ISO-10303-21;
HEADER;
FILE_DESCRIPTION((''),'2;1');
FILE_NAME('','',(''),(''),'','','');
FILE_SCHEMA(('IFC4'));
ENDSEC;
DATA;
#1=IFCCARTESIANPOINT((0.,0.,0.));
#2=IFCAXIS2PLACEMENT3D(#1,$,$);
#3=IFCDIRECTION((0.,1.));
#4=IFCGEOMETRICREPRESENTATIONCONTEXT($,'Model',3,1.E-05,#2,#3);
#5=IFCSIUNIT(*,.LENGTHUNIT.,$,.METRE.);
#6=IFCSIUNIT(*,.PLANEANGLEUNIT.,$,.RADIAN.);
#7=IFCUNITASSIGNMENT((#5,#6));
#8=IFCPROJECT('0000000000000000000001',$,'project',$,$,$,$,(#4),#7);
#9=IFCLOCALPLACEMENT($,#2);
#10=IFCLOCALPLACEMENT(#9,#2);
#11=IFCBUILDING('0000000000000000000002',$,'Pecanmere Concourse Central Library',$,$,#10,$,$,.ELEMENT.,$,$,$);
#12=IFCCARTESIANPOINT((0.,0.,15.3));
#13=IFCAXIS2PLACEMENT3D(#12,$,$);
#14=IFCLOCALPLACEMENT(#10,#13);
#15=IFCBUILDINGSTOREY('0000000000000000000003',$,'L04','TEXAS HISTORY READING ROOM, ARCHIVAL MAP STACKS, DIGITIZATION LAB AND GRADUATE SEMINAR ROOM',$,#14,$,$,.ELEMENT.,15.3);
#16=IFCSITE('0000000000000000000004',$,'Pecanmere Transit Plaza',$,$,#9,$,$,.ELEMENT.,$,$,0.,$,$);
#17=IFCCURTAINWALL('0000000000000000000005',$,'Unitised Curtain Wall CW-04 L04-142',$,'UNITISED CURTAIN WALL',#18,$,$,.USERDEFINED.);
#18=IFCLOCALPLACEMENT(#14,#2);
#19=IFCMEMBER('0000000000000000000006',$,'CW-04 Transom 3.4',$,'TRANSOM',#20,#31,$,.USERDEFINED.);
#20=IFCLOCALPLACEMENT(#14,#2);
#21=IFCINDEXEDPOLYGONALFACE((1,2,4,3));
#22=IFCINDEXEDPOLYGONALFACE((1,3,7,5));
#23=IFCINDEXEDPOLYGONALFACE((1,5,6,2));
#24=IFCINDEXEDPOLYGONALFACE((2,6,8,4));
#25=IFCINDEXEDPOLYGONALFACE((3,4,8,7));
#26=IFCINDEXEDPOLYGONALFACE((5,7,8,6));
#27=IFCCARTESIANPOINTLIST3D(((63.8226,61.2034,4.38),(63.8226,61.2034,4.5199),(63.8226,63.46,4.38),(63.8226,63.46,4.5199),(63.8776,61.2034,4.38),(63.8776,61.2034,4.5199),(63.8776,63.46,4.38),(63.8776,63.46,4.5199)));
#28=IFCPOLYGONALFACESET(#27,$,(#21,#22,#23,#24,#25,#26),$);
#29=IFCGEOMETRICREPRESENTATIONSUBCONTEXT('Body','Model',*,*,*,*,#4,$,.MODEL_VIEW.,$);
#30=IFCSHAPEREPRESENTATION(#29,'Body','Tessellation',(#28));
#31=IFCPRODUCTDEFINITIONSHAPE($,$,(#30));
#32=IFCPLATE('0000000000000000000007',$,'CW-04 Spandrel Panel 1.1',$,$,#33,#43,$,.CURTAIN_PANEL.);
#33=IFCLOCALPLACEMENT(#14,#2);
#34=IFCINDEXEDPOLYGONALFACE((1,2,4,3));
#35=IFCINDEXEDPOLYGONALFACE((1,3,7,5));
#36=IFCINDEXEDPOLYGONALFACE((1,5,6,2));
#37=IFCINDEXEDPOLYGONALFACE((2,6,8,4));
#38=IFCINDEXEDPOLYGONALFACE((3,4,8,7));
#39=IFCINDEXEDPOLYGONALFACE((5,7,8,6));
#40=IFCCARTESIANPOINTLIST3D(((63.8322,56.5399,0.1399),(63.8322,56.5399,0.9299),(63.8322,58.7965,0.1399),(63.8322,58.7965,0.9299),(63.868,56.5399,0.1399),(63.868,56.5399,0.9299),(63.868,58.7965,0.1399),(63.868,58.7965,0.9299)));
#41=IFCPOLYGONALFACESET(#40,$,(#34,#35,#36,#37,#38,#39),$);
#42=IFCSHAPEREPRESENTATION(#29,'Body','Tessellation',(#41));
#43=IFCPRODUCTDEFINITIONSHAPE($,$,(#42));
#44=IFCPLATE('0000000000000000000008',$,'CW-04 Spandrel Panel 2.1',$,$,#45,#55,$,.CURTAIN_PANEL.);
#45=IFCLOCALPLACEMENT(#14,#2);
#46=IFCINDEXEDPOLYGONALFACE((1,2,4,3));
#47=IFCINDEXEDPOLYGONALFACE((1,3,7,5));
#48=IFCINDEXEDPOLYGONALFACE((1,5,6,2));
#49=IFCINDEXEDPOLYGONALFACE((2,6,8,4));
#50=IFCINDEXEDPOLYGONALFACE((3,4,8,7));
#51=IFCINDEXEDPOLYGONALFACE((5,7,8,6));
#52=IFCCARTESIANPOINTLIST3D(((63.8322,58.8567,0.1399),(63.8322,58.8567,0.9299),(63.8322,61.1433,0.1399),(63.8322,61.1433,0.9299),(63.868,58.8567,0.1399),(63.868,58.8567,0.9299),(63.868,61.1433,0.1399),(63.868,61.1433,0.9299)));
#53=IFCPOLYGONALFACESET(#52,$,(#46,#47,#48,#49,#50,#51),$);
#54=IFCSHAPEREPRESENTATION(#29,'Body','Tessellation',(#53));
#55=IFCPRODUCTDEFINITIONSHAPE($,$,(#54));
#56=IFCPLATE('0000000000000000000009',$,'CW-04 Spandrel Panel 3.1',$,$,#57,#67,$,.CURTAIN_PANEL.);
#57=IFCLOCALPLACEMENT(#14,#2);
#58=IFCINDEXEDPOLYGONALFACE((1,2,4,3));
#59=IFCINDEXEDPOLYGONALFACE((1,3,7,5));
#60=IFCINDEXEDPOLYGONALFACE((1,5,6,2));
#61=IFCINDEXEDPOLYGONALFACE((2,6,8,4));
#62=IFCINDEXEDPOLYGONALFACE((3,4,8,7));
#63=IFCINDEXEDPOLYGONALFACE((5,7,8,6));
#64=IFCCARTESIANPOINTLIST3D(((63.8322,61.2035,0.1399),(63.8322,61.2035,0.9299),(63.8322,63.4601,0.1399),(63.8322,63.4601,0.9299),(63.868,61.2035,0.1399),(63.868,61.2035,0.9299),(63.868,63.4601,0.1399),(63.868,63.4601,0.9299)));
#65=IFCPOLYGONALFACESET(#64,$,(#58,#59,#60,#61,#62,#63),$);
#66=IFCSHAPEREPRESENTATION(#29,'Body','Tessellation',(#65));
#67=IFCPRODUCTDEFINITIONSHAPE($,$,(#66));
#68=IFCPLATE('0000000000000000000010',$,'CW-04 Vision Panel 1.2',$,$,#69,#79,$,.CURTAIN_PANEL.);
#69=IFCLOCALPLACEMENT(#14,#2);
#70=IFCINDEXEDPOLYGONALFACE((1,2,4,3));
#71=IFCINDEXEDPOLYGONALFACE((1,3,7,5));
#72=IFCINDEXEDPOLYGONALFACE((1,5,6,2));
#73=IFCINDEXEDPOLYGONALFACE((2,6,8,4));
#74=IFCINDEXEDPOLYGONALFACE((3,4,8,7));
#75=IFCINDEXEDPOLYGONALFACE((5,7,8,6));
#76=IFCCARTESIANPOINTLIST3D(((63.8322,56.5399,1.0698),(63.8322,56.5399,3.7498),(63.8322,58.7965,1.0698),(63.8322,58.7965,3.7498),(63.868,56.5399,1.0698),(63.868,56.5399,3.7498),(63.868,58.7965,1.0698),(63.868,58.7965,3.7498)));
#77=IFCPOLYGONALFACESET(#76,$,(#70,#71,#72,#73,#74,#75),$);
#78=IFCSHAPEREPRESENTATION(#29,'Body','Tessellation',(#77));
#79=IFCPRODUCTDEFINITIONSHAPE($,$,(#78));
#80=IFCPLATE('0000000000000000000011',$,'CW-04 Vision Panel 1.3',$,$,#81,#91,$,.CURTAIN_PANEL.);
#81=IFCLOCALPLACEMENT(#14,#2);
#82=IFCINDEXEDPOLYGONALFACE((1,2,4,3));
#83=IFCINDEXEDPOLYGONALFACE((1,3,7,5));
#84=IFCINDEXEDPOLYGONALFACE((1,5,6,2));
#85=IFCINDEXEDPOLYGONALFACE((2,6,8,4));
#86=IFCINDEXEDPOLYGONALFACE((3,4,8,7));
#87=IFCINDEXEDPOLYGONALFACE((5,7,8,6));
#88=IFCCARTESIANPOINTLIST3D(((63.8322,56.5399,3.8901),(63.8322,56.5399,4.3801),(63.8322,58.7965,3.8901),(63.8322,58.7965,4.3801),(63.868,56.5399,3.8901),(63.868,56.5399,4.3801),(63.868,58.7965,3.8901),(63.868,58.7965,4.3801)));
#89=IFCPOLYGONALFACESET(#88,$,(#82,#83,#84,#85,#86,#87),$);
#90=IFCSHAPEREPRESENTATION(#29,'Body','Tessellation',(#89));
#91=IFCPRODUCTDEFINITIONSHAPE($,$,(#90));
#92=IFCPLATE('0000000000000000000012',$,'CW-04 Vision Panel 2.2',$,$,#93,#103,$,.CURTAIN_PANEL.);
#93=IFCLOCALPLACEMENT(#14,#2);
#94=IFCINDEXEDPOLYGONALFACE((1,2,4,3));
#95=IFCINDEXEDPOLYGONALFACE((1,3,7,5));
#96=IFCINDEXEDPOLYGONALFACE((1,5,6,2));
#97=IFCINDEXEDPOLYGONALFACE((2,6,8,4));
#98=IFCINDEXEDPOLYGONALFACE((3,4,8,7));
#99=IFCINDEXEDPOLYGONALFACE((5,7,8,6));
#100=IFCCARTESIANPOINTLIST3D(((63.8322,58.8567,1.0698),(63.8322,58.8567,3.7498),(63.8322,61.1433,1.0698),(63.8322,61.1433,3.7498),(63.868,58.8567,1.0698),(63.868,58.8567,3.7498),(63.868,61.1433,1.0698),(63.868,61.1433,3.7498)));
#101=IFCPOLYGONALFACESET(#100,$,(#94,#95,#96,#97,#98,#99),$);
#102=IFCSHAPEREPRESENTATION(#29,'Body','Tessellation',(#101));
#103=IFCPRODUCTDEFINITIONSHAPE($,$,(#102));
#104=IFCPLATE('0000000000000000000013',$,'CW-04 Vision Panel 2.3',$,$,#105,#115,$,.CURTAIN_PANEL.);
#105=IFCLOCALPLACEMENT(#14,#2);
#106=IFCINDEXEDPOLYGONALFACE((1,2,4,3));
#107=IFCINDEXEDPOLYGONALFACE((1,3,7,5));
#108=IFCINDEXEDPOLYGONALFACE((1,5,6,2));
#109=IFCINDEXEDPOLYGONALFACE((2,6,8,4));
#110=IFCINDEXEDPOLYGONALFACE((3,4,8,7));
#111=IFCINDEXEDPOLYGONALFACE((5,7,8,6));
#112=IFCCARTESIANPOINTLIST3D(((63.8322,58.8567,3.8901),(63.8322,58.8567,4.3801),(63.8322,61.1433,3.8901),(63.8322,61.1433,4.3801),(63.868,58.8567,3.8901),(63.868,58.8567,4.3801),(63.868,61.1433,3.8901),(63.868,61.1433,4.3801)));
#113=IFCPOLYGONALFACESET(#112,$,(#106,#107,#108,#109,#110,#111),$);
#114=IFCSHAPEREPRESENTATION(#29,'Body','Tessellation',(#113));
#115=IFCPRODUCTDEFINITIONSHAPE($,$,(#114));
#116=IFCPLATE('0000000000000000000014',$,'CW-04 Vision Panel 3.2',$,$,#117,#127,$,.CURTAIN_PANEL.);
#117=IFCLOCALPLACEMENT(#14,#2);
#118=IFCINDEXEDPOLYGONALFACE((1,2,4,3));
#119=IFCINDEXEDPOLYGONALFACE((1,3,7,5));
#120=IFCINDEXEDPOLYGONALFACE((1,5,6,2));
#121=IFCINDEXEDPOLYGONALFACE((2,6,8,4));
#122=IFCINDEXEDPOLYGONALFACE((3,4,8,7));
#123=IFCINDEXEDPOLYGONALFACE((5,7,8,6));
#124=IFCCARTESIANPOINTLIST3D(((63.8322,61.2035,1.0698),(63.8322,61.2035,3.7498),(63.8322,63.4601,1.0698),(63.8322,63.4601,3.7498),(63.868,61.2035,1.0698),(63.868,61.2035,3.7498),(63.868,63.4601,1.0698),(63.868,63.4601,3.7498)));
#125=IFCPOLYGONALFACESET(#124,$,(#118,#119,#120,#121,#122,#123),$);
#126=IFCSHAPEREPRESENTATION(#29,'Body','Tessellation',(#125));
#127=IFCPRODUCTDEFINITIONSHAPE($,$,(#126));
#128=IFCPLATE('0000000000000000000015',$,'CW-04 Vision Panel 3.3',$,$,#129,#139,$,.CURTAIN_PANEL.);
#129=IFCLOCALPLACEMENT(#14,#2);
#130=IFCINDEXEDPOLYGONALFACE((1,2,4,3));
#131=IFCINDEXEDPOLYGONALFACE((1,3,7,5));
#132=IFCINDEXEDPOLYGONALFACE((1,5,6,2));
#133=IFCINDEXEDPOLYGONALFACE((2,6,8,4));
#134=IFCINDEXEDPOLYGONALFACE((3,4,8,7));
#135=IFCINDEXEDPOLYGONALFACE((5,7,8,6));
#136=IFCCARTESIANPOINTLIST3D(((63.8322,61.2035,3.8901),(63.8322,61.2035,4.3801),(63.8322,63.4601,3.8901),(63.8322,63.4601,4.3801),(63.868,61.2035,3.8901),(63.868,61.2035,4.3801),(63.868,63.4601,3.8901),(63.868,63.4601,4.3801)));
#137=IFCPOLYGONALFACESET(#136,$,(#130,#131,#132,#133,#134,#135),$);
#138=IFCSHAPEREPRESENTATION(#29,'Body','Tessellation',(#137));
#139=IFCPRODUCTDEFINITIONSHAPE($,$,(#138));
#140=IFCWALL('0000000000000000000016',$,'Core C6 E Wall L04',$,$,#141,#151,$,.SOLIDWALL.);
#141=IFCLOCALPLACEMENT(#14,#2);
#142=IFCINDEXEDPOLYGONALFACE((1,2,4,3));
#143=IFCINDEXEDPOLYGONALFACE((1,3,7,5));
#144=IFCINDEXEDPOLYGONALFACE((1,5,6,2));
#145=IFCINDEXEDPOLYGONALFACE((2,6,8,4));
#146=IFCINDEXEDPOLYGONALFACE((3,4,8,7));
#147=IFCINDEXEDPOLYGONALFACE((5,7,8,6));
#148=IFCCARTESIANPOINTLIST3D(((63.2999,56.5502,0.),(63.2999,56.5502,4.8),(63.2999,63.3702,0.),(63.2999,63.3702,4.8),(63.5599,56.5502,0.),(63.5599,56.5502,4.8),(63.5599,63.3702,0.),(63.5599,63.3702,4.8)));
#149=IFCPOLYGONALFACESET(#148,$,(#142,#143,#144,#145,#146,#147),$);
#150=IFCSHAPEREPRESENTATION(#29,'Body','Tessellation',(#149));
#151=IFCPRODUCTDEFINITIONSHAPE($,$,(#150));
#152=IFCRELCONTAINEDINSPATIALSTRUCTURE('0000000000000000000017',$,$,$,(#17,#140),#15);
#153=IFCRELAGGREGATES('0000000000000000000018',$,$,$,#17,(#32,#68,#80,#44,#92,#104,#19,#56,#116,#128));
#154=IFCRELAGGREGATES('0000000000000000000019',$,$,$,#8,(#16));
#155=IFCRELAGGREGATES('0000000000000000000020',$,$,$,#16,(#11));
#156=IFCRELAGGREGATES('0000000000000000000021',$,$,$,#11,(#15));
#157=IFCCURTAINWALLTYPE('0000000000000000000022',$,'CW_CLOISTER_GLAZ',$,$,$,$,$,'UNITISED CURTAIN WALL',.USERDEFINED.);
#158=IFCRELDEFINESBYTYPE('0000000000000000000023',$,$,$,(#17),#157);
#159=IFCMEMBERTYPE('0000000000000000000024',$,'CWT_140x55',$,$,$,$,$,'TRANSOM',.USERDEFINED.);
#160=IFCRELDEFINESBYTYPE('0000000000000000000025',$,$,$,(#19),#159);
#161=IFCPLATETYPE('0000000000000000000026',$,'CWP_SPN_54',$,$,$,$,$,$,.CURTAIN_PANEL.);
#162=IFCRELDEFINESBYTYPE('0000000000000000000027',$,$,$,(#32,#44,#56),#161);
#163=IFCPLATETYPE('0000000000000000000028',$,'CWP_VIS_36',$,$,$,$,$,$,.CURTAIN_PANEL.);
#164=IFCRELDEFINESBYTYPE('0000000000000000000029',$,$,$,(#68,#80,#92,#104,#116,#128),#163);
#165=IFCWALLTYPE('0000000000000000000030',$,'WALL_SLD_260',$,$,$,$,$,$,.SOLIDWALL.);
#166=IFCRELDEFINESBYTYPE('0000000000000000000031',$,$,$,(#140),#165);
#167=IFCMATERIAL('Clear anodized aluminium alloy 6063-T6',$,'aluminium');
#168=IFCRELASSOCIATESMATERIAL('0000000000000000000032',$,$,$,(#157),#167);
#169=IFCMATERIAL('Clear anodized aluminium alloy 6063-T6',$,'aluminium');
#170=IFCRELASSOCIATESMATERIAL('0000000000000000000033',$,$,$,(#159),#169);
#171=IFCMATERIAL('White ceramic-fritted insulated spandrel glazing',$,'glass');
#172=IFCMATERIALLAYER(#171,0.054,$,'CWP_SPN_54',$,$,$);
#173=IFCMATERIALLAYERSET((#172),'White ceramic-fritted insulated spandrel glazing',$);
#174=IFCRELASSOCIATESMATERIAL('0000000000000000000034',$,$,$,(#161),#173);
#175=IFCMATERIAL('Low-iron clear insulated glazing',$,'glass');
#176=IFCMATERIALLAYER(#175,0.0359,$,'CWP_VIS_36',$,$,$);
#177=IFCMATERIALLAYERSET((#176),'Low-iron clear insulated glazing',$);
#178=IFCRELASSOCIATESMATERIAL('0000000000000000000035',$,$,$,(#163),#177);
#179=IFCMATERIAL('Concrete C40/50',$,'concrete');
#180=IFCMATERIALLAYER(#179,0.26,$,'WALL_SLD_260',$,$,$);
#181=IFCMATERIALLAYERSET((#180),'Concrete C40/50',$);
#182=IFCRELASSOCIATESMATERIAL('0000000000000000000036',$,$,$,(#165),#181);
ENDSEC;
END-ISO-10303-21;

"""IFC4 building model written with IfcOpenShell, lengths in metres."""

from ifc_helpers import new_model, si_unit, direction, frame, frame_2d, origin, origin_2d, place, context, subcontext, project, spatial, rectangle, extrude, material, layer, layer_set, material_profile, profile_set, type_object, element, aggregate, save


model = new_model("IFC4")

# Units and contexts
model_context = context("Model", 3, precision=1e-05, world=origin(), true_north=direction((0.0, 1.0)))
body_context = subcontext(model_context, "Body", "Model", "MODEL_VIEW")
ifc_project = project(units=[si_unit("LENGTHUNIT", "METRE"), si_unit("PLANEANGLEUNIT", "RADIAN")], contexts=[model_context])

# Site, building, storey
site_placement = place(None, origin())
site = spatial("IfcSite", under=ifc_project, at=site_placement, Name="Pecanmere Transit Plaza", CompositionType="ELEMENT", RefElevation=0.0)
building_placement = place(site_placement, origin())
building = spatial("IfcBuilding", under=site, at=building_placement, Name="Pecanmere Concourse Central Library", CompositionType="ELEMENT")
storey_placement = place(building_placement, frame((0.0, 0.0, 15.3)))
storey = spatial("IfcBuildingStorey", under=building, at=storey_placement, Name="L04", Description="TEXAS HISTORY READING ROOM, ARCHIVAL MAP STACKS, DIGITIZATION LAB AND GRADUATE SEMINAR ROOM", CompositionType="ELEMENT", Elevation=15.3)

# Curtain wall, member, plates
ifc_material_1 = material(Name="Clear anodized aluminium alloy 6063-T6", Category="aluminium")
curtain_wall_type = type_object("IfcCurtainWallType", Name="CW_CLOISTER_GLAZ", ElementType="UNITISED CURTAIN WALL", PredefinedType="USERDEFINED", material=ifc_material_1)
curtain_wall_placement = place(storey_placement, origin())
curtain_wall = element("IfcCurtainWall", 1, at=curtain_wall_placement, inside=storey, type_object=curtain_wall_type, Name="Unitised Curtain Wall CW-04 L04-142", ObjectType="UNITISED CURTAIN WALL", PredefinedType="USERDEFINED")
ifc_material_2 = material(Name="Clear anodized aluminium alloy 6063-T6", Category="aluminium")
ifc_material_profile_1 = material_profile(ifc_material_2, rectangle(XDim=0.0549, YDim=0.1399, at=origin_2d()), Name="AL 55x140")
ifc_profile_set_1 = profile_set([ifc_material_profile_1], Name="Clear anodized aluminium alloy 6063-T6")
member_type_1 = type_object("IfcMemberType", Name="CWT_140x55", ElementType="TRANSOM", PredefinedType="USERDEFINED", material=ifc_profile_set_1)
member_1_placement = place(storey_placement, frame((63.8501, 61.2034, 4.45), z_axis=(0.0, 1.0, 0.0), x_axis=(-1.0, 0.0, 0.0)))
member_1 = element("IfcMember", 2, at=member_1_placement, type_object=member_type_1, Name="CW-04 Transom 3.4", ObjectType="TRANSOM", PredefinedType="USERDEFINED", context=body_context, shape_type="SweptSolid", body=[
    extrude(rectangle(XDim=0.0549, YDim=0.1399, at=origin_2d()), origin(), (0.0, 0.0, 1.0), 2.2566),
])
ifc_material_3 = material(Name="White ceramic-fritted insulated spandrel glazing", Category="glass")
ifc_layer_1 = layer(ifc_material_3, 0.054, Name="CWP_SPN_54")
ifc_layer_set_1 = layer_set([ifc_layer_1], Name="White ceramic-fritted insulated spandrel glazing")
plate_type_1 = type_object("IfcPlateType", Name="CWP_SPN_54", PredefinedType="CURTAIN_PANEL", material=ifc_layer_set_1)
plate_1_placement = place(storey_placement, frame((63.8501, 57.6682, 0.1399), z_axis=(0.0, 0.0, 1.0), x_axis=(0.0, 1.0, 0.0)))
plate_1 = element("IfcPlate", 3, at=plate_1_placement, type_object=plate_type_1, Name="CW-04 Spandrel Panel 1.1", PredefinedType="CURTAIN_PANEL", context=body_context, shape_type="SweptSolid", body=[
    extrude(rectangle(XDim=2.2566, YDim=0.0359, at=origin_2d()), origin(), (0.0, 0.0, 1.0), 0.79),
])
plate_2_placement = place(storey_placement, frame((63.8501, 60.0, 0.1399), z_axis=(0.0, 0.0, 1.0), x_axis=(0.0, 1.0, 0.0)))
plate_2 = element("IfcPlate", 4, at=plate_2_placement, type_object=plate_type_1, Name="CW-04 Spandrel Panel 2.1", PredefinedType="CURTAIN_PANEL", context=body_context, shape_type="SweptSolid", body=[
    extrude(rectangle(XDim=2.2866, YDim=0.0359, at=origin_2d()), origin(), (0.0, 0.0, 1.0), 0.79),
])
plate_3_placement = place(storey_placement, frame((63.8501, 62.3318, 0.1399), z_axis=(0.0, 0.0, 1.0), x_axis=(0.0, 1.0, 0.0)))
plate_3 = element("IfcPlate", 5, at=plate_3_placement, type_object=plate_type_1, Name="CW-04 Spandrel Panel 3.1", PredefinedType="CURTAIN_PANEL", context=body_context, shape_type="SweptSolid", body=[
    extrude(rectangle(XDim=2.2566, YDim=0.0359, at=origin_2d()), origin(), (0.0, 0.0, 1.0), 0.79),
])
ifc_material_4 = material(Name="Low-iron clear insulated glazing", Category="glass")
ifc_layer_2 = layer(ifc_material_4, 0.0359, Name="CWP_VIS_36")
ifc_layer_set_2 = layer_set([ifc_layer_2], Name="Low-iron clear insulated glazing")
plate_type_2 = type_object("IfcPlateType", Name="CWP_VIS_36", PredefinedType="CURTAIN_PANEL", material=ifc_layer_set_2)
plate_4_placement = place(storey_placement, frame((63.8501, 57.6682, 1.0698), z_axis=(0.0, 0.0, 1.0), x_axis=(0.0, 1.0, 0.0)))
plate_4 = element("IfcPlate", 6, at=plate_4_placement, type_object=plate_type_2, Name="CW-04 Vision Panel 1.2", PredefinedType="CURTAIN_PANEL", context=body_context, shape_type="SweptSolid", body=[
    extrude(rectangle(XDim=2.2566, YDim=0.0359, at=origin_2d()), origin(), (0.0, 0.0, 1.0), 2.6799),
])
plate_5_placement = place(storey_placement, frame((63.8501, 57.6682, 3.8901), z_axis=(0.0, 0.0, 1.0), x_axis=(0.0, 1.0, 0.0)))
plate_5 = element("IfcPlate", 7, at=plate_5_placement, type_object=plate_type_2, Name="CW-04 Vision Panel 1.3", PredefinedType="CURTAIN_PANEL", context=body_context, shape_type="SweptSolid", body=[
    extrude(rectangle(XDim=2.2566, YDim=0.0359, at=origin_2d()), origin(), (0.0, 0.0, 1.0), 0.49),
])
plate_6_placement = place(storey_placement, frame((63.8501, 60.0, 1.0698), z_axis=(0.0, 0.0, 1.0), x_axis=(0.0, 1.0, 0.0)))
plate_6 = element("IfcPlate", 8, at=plate_6_placement, type_object=plate_type_2, Name="CW-04 Vision Panel 2.2", PredefinedType="CURTAIN_PANEL", context=body_context, shape_type="SweptSolid", body=[
    extrude(rectangle(XDim=2.2866, YDim=0.0359, at=origin_2d()), origin(), (0.0, 0.0, 1.0), 2.6799),
])
plate_7_placement = place(storey_placement, frame((63.8501, 60.0, 3.8901), z_axis=(0.0, 0.0, 1.0), x_axis=(0.0, 1.0, 0.0)))
plate_7 = element("IfcPlate", 9, at=plate_7_placement, type_object=plate_type_2, Name="CW-04 Vision Panel 2.3", PredefinedType="CURTAIN_PANEL", context=body_context, shape_type="SweptSolid", body=[
    extrude(rectangle(XDim=2.2866, YDim=0.0359, at=origin_2d()), origin(), (0.0, 0.0, 1.0), 0.49),
])
plate_8_placement = place(storey_placement, frame((63.8501, 62.3318, 1.0698), z_axis=(0.0, 0.0, 1.0), x_axis=(0.0, 1.0, 0.0)))
plate_8 = element("IfcPlate", 10, at=plate_8_placement, type_object=plate_type_2, Name="CW-04 Vision Panel 3.2", PredefinedType="CURTAIN_PANEL", context=body_context, shape_type="SweptSolid", body=[
    extrude(rectangle(XDim=2.2566, YDim=0.0359, at=origin_2d()), origin(), (0.0, 0.0, 1.0), 2.6799),
])
plate_9_placement = place(storey_placement, frame((63.8501, 62.3318, 3.8901), z_axis=(0.0, 0.0, 1.0), x_axis=(0.0, 1.0, 0.0)))
plate_9 = element("IfcPlate", 11, at=plate_9_placement, type_object=plate_type_2, Name="CW-04 Vision Panel 3.3", PredefinedType="CURTAIN_PANEL", context=body_context, shape_type="SweptSolid", body=[
    extrude(rectangle(XDim=2.2566, YDim=0.0359, at=origin_2d()), origin(), (0.0, 0.0, 1.0), 0.49),
])
aggregate(curtain_wall, [plate_1, plate_4, plate_5, plate_2, plate_6, plate_7, member_1, plate_3, plate_8, plate_9])

# Wall
ifc_material_5 = material(Name="Concrete C40/50", Category="concrete")
ifc_layer_3 = layer(ifc_material_5, 0.26, Name="WALL_SLD_260")
ifc_layer_set_3 = layer_set([ifc_layer_3], Name="Concrete C40/50")
wall_type = type_object("IfcWallType", Name="WALL_SLD_260", PredefinedType="SOLIDWALL", material=ifc_layer_set_3)
wall_placement = place(storey_placement, frame((63.4299, 56.55, 0.0), z_axis=(0.0, 0.0, 1.0), x_axis=(0.0, 1.0, 0.0)))
element("IfcWall", 12, at=wall_placement, inside=storey, type_object=wall_type, Name="Core C6 E Wall L04", PredefinedType="SOLIDWALL", context=body_context, shape_type="SweptSolid", body=[
    extrude(rectangle(XDim=6.8201, YDim=0.26, at=frame_2d((3.4102, 0.0))), origin(), (0.0, 0.0, 1.0), 4.8),
])

save(model, "model.ifc")
